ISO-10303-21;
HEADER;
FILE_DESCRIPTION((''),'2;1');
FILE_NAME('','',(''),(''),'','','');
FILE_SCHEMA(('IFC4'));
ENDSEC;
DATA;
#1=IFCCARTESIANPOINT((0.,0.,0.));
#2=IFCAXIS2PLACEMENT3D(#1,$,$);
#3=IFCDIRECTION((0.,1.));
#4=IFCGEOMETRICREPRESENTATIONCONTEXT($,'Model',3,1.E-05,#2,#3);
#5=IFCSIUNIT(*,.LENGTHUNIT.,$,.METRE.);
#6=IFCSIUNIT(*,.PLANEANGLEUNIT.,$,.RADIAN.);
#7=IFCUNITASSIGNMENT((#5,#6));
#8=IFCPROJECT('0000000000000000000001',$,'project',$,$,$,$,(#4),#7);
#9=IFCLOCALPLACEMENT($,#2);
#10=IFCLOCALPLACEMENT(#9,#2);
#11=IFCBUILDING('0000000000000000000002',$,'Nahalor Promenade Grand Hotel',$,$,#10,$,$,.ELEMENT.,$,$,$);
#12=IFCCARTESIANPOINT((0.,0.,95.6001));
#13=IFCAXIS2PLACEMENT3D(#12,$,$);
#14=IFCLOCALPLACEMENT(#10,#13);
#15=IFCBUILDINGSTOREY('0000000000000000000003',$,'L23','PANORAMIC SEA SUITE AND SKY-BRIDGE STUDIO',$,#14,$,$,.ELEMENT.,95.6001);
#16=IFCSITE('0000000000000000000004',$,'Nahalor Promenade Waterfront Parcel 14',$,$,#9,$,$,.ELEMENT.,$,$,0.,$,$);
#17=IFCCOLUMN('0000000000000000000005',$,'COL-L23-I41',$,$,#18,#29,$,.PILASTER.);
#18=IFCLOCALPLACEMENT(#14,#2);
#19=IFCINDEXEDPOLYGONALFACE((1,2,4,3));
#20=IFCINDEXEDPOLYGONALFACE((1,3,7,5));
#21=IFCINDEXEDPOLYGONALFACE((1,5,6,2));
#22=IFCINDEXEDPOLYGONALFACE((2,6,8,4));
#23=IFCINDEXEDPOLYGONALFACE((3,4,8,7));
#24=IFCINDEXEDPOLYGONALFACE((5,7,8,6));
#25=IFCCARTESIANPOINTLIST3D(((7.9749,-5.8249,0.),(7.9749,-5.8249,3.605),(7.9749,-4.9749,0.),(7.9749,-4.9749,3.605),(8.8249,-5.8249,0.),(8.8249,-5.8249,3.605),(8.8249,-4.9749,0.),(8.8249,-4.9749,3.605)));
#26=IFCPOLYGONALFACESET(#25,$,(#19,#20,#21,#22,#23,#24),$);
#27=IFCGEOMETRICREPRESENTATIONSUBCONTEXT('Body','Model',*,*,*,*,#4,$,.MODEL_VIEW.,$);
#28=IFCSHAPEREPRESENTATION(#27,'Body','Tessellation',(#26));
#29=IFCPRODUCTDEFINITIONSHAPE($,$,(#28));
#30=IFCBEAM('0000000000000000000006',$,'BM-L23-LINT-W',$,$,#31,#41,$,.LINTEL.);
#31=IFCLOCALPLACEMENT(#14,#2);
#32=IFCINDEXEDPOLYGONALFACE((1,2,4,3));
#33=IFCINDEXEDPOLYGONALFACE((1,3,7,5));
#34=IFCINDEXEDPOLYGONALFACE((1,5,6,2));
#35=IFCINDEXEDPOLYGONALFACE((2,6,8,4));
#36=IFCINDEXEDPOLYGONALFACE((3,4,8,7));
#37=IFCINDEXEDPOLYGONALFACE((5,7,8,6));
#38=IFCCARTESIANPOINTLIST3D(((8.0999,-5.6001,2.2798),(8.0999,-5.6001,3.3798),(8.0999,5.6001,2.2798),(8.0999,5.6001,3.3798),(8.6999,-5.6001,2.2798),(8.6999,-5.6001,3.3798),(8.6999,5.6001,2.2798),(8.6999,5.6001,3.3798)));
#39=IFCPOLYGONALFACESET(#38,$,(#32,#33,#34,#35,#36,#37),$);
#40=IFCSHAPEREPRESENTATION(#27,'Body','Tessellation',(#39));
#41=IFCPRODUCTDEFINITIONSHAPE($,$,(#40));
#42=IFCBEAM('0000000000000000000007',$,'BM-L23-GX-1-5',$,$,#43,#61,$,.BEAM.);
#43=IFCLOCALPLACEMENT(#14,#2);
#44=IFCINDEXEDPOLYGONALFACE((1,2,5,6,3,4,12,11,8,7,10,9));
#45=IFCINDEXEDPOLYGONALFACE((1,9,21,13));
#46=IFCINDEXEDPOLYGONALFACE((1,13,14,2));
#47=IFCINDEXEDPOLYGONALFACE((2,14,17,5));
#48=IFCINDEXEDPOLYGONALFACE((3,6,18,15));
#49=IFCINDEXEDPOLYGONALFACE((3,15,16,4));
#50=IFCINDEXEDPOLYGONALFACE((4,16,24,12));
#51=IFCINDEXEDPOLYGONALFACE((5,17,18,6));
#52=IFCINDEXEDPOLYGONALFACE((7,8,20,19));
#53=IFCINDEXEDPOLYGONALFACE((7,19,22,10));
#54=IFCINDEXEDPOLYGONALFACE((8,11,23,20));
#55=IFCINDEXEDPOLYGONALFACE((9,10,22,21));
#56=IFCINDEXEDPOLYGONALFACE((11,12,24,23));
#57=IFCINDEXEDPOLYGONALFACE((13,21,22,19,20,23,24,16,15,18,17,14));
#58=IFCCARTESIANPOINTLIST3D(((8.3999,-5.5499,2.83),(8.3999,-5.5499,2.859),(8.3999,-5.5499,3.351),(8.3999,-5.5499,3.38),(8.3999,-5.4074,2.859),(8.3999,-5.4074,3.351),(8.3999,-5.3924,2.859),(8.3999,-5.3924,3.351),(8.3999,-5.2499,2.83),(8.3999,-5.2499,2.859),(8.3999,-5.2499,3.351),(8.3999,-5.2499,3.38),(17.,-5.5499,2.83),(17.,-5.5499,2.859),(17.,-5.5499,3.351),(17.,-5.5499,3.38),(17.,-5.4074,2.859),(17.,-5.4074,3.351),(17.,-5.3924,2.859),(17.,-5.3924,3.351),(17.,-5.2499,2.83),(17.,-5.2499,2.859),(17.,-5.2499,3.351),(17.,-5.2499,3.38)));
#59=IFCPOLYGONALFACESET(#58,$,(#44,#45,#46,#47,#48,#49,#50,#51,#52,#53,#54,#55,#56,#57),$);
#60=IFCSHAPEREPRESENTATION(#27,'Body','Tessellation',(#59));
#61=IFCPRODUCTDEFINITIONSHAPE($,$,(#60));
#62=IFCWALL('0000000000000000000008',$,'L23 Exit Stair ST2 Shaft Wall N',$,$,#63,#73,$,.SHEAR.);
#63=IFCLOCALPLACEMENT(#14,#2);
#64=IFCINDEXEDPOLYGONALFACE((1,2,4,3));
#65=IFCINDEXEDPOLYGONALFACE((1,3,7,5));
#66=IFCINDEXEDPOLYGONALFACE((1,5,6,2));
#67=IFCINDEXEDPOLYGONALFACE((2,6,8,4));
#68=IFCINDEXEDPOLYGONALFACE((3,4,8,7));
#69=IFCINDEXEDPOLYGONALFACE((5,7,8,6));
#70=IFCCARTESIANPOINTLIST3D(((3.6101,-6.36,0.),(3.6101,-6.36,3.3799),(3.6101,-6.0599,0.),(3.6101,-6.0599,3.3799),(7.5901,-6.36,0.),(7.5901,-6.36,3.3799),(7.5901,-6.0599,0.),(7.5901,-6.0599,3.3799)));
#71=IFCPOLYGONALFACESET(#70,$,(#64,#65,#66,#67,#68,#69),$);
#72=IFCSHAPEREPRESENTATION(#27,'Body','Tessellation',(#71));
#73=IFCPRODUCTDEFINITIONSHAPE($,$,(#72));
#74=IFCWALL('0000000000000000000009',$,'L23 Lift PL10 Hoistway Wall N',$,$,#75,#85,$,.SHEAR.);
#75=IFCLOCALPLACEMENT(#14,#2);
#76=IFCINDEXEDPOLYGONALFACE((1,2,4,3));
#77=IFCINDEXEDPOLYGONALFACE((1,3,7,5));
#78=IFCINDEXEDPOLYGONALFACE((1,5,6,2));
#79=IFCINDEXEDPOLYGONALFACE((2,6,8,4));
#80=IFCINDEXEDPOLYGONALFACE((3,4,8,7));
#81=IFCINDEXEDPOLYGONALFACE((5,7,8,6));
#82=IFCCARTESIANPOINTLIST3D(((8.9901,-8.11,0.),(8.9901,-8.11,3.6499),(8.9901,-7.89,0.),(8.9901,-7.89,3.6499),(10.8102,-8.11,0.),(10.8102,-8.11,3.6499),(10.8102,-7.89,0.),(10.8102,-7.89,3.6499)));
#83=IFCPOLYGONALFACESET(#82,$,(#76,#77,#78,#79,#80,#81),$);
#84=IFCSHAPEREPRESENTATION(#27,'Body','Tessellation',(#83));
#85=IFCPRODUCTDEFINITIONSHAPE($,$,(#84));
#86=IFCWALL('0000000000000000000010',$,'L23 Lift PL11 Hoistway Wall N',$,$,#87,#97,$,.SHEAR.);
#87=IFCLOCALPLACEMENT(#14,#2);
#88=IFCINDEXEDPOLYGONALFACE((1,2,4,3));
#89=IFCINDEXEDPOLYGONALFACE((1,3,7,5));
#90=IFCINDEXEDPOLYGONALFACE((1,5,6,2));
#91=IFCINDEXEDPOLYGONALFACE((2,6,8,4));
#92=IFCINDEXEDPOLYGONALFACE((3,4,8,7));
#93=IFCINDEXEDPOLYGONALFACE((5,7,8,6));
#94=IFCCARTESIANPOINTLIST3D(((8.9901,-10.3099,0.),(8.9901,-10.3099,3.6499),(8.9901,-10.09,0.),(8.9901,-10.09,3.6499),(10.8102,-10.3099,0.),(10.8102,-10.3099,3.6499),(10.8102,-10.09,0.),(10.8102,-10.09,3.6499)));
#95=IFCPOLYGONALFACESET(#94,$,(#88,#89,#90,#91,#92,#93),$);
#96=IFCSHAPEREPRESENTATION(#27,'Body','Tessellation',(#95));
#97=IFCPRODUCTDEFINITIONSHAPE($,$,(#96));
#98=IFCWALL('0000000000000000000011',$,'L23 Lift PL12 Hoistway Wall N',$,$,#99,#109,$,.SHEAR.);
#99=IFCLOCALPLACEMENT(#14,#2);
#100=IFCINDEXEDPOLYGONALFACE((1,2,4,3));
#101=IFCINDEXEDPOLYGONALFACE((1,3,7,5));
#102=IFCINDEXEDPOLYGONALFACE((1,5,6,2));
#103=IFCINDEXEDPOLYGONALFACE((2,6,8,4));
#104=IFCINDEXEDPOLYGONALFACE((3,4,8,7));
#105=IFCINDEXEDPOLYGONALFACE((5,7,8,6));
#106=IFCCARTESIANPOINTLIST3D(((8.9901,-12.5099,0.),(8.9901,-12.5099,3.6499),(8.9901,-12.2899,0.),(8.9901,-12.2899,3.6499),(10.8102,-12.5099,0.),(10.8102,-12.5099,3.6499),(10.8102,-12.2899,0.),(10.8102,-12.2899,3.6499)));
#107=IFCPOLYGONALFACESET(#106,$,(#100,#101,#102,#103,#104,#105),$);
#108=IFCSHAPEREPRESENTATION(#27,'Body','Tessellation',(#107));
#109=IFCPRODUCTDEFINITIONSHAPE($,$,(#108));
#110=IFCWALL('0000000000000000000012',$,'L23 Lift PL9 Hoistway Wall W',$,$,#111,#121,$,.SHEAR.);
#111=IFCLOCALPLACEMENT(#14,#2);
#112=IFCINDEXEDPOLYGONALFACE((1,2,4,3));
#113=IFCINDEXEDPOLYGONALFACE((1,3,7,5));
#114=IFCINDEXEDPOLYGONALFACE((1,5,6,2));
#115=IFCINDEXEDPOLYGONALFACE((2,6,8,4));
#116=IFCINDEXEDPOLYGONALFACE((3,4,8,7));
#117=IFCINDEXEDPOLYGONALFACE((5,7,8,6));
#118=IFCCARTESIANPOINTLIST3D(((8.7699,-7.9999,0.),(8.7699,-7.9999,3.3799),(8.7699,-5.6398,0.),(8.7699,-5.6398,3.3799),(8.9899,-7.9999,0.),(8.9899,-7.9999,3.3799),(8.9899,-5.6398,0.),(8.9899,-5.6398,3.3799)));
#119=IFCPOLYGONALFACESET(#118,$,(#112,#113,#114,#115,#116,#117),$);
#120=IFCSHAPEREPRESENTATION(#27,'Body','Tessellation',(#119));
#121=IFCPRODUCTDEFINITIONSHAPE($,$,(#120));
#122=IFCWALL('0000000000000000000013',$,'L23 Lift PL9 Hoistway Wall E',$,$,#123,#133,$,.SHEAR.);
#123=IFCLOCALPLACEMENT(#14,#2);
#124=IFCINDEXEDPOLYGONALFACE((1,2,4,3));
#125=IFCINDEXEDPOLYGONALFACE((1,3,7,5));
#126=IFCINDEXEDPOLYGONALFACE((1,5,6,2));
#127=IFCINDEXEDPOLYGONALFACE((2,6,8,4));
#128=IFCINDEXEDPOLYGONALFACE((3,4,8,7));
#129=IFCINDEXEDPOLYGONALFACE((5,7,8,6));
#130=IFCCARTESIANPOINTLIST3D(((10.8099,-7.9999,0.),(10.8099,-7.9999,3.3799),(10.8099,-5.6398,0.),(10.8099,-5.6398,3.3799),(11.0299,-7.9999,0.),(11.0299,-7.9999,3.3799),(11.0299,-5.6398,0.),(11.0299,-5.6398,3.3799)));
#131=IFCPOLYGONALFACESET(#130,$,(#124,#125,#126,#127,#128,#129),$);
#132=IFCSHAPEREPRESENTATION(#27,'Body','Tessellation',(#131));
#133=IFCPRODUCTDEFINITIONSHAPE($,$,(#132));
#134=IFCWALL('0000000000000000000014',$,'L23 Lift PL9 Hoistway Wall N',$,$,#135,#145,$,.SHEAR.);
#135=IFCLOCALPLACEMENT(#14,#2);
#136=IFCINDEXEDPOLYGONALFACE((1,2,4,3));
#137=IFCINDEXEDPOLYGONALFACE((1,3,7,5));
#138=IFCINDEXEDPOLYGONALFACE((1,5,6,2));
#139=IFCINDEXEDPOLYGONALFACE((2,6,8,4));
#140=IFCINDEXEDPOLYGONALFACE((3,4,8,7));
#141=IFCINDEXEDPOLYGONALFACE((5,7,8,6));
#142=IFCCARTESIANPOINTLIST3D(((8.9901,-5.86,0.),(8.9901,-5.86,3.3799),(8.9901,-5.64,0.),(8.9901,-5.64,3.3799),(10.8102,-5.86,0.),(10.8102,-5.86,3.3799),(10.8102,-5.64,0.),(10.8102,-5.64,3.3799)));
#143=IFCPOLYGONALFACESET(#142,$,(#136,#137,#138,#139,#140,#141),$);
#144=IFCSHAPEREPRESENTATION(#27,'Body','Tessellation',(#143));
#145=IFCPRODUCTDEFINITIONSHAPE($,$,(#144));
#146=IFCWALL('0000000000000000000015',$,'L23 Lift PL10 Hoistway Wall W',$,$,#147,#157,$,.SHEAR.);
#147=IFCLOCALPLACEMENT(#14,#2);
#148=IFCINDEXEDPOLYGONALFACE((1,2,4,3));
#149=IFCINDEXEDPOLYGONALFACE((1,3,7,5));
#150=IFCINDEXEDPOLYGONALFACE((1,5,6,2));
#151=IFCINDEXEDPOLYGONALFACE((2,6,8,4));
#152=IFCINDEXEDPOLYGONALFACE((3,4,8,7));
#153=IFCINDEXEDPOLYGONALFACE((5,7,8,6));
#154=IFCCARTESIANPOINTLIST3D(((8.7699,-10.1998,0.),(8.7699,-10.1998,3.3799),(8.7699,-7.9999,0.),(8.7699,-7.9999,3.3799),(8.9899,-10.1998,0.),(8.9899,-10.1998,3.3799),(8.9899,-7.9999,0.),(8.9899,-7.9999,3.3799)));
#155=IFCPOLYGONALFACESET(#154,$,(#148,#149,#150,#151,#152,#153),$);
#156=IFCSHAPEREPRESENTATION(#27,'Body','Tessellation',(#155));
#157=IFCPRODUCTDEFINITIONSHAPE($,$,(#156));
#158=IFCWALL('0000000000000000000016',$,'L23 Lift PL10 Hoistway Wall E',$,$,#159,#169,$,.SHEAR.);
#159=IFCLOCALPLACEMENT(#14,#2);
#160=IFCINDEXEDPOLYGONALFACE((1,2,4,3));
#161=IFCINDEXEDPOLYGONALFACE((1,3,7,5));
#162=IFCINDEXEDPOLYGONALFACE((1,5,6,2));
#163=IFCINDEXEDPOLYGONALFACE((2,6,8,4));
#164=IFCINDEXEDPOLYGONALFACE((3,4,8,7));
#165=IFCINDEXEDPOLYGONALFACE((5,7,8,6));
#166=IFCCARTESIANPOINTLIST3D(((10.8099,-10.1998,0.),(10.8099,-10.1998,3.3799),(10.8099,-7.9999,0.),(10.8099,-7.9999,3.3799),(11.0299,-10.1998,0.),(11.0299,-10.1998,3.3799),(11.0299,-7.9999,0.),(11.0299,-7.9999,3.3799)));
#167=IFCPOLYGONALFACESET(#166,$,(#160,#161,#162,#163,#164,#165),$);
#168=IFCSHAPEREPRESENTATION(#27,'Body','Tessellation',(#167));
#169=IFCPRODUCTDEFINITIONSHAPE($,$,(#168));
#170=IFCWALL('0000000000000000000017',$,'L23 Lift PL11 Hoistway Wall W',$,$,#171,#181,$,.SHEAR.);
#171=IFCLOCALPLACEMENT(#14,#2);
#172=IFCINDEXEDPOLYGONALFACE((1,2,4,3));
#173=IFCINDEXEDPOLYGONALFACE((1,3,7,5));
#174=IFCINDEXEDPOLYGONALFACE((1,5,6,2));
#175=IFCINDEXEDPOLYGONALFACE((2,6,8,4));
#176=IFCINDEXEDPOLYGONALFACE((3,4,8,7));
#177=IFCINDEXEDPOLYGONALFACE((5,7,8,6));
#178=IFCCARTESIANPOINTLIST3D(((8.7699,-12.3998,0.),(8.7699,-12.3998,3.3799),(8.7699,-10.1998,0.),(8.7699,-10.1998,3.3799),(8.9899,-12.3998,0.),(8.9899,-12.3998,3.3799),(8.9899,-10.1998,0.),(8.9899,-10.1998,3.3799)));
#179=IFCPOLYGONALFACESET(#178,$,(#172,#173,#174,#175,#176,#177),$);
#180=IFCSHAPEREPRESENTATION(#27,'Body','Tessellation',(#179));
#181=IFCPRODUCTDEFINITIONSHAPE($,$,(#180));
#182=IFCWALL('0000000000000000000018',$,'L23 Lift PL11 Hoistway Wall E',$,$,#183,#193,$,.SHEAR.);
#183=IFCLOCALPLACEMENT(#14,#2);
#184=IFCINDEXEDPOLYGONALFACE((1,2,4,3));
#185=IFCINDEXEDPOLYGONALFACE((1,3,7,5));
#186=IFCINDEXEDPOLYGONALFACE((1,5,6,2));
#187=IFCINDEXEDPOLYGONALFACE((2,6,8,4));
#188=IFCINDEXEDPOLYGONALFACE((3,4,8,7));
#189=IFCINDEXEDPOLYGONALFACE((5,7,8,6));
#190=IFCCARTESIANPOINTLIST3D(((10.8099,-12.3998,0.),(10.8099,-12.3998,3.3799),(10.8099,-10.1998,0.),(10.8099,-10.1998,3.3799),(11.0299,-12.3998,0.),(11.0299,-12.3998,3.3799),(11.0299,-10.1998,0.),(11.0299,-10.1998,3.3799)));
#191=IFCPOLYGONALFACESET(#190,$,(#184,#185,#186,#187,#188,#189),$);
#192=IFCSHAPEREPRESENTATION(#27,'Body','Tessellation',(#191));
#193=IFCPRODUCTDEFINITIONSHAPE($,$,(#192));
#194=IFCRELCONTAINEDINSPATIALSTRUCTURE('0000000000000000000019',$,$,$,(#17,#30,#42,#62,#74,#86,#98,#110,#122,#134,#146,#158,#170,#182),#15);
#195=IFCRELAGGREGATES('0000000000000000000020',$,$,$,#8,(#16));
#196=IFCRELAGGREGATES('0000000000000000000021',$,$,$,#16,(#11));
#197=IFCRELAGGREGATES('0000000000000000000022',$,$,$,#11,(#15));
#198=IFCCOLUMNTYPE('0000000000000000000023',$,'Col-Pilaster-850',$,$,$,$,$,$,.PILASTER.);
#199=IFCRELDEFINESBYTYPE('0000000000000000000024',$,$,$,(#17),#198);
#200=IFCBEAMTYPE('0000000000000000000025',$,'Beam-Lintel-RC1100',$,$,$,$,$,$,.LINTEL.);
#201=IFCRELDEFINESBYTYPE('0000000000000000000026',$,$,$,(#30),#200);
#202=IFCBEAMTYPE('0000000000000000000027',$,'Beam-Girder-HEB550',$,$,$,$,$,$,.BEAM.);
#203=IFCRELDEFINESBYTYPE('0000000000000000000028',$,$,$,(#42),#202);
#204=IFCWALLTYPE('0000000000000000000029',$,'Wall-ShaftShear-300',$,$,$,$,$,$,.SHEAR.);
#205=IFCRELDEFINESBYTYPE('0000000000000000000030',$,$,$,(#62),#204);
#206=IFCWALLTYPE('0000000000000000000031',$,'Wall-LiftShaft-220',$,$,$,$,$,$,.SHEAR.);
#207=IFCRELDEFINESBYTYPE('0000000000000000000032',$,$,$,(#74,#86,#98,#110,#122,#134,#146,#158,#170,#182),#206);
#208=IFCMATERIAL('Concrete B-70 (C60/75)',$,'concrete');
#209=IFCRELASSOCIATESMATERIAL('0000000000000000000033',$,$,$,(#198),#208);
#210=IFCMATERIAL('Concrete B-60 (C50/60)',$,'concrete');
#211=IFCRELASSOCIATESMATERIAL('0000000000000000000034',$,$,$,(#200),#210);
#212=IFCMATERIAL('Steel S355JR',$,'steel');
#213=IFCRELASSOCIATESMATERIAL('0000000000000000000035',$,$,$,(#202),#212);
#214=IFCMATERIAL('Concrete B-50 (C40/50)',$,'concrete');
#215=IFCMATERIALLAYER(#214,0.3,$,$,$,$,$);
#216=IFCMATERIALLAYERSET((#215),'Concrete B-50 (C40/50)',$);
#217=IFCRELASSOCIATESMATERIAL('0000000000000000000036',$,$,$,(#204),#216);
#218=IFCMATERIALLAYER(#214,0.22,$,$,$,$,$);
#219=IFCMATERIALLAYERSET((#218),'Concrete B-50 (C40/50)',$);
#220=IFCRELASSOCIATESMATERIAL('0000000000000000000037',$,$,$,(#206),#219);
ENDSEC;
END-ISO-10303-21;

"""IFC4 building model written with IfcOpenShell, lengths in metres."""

from ifc_helpers import new_model, si_unit, direction, frame, frame_2d, origin, origin_2d, place, context, subcontext, project, spatial, rectangle, i_section, extrude, source, transform, mapped, material, layer, layer_set, material_profile, profile_set, type_object, element, save


model = new_model("IFC4")

# Units and contexts
model_context = context("Model", 3, precision=1e-05, world=origin(), true_north=direction((0.0, 1.0)))
body_context = subcontext(model_context, "Body", "Model", "MODEL_VIEW")
ifc_project = project(units=[si_unit("LENGTHUNIT", "METRE"), si_unit("PLANEANGLEUNIT", "RADIAN")], contexts=[model_context])

# Site, building, storey
site_placement = place(None, origin())
site = spatial("IfcSite", under=ifc_project, at=site_placement, Name="Nahalor Promenade Waterfront Parcel 14", CompositionType="ELEMENT", RefElevation=0.0)
building_placement = place(site_placement, origin())
building = spatial("IfcBuilding", under=site, at=building_placement, Name="Nahalor Promenade Grand Hotel", CompositionType="ELEMENT")
storey_placement = place(building_placement, frame((0.0, 0.0, 95.6001)))
storey = spatial("IfcBuildingStorey", under=building, at=storey_placement, Name="L23", Description="PANORAMIC SEA SUITE AND SKY-BRIDGE STUDIO", CompositionType="ELEMENT", Elevation=95.6001)

# Column
ifc_material_1 = material(Name="Concrete B-70 (C60/75)", Category="concrete")
ifc_material_profile_1 = material_profile(ifc_material_1, rectangle(XDim=0.85, YDim=0.85, at=origin_2d()), Name="RC 850x850")
ifc_profile_set_1 = profile_set([ifc_material_profile_1], Name="Concrete B-70 (C60/75)")
column_type = type_object("IfcColumnType", Name="Col-Pilaster-850", PredefinedType="PILASTER", material=ifc_profile_set_1)
shared_shape_1 = source(origin(), body_context, "Body", "SweptSolid", [
    extrude(rectangle(XDim=0.85, YDim=0.85, at=origin_2d()), origin(), (0.0, 0.0, 1.0), 3.605),
])
column_placement = place(storey_placement, frame((8.3999, -5.3999, 0.0), z_axis=(0.0, 0.0, 1.0), x_axis=(1.0, 0.0, 0.0)))
element("IfcColumn", 1, at=column_placement, inside=storey, type_object=column_type, Name="COL-L23-I41", PredefinedType="PILASTER", context=body_context, shape_type="MappedRepresentation", body=[
    mapped(shared_shape_1, transform((0.0, 0.0, 0.0), scale=1.0)),
])

# Beams
ifc_material_2 = material(Name="Concrete B-60 (C50/60)", Category="concrete")
ifc_material_profile_2 = material_profile(ifc_material_2, rectangle(XDim=0.6, YDim=1.1, at=origin_2d()), Name="RC 600x1100")
ifc_profile_set_2 = profile_set([ifc_material_profile_2], Name="Concrete B-60 (C50/60)")
beam_type_1 = type_object("IfcBeamType", Name="Beam-Lintel-RC1100", PredefinedType="LINTEL", material=ifc_profile_set_2)
shared_shape_2 = source(origin(), body_context, "Body", "SweptSolid", [
    extrude(rectangle(XDim=0.6, YDim=1.1, at=origin_2d()), origin(), (0.0, 0.0, 1.0), 11.2002),
])
beam_1_placement = place(storey_placement, frame((8.3999, -5.6001, 2.8298), z_axis=(0.0, 1.0, 0.0), x_axis=(-1.0, 0.0, 0.0)))
element("IfcBeam", 2, at=beam_1_placement, inside=storey, type_object=beam_type_1, Name="BM-L23-LINT-W", PredefinedType="LINTEL", context=body_context, shape_type="MappedRepresentation", body=[
    mapped(shared_shape_2, transform((0.0, 0.0, 0.0), scale=1.0)),
])
ifc_material_3 = material(Name="Steel S355JR", Category="steel")
ifc_material_profile_3 = material_profile(ifc_material_3, i_section(OverallWidth=0.3, OverallDepth=0.55, WebThickness=0.015, FlangeThickness=0.029, at=origin_2d()), Name="HEB 550")
ifc_profile_set_3 = profile_set([ifc_material_profile_3], Name="Steel S355JR")
beam_type_2 = type_object("IfcBeamType", Name="Beam-Girder-HEB550", PredefinedType="BEAM", material=ifc_profile_set_3)
shared_shape_3 = source(origin(), body_context, "Body", "SweptSolid", [
    extrude(i_section(OverallWidth=0.3, OverallDepth=0.55, WebThickness=0.015, FlangeThickness=0.029, at=origin_2d()), origin(), (0.0, 0.0, 1.0), 8.6001),
])
beam_2_placement = place(storey_placement, frame((8.3999, -5.3999, 3.105), z_axis=(1.0, 0.0, 0.0), x_axis=(0.0, 1.0, 0.0)))
element("IfcBeam", 3, at=beam_2_placement, inside=storey, type_object=beam_type_2, Name="BM-L23-GX-1-5", PredefinedType="BEAM", context=body_context, shape_type="MappedRepresentation", body=[
    mapped(shared_shape_3, transform((0.0, 0.0, 0.0), scale=1.0)),
])

# Walls
ifc_material_4 = material(Name="Concrete B-50 (C40/50)", Category="concrete")
ifc_layer_1 = layer(ifc_material_4, 0.3)
ifc_layer_set_1 = layer_set([ifc_layer_1], Name="Concrete B-50 (C40/50)")
wall_type_1 = type_object("IfcWallType", Name="Wall-ShaftShear-300", PredefinedType="SHEAR", material=ifc_layer_set_1)
shared_shape_4 = source(origin(), body_context, "Body", "SweptSolid", [
    extrude(rectangle(XDim=3.98, YDim=0.3, at=frame_2d((1.99, 0.0))), origin(), (0.0, 0.0, 1.0), 3.3799),
])
wall_1_placement = place(storey_placement, frame((3.6101, -6.21, 0.0), z_axis=(0.0, 0.0, 1.0), x_axis=(1.0, 0.0, 0.0)))
element("IfcWall", 4, at=wall_1_placement, inside=storey, type_object=wall_type_1, Name="L23 Exit Stair ST2 Shaft Wall N", PredefinedType="SHEAR", context=body_context, shape_type="MappedRepresentation", body=[
    mapped(shared_shape_4, transform((0.0, 0.0, 0.0), scale=1.0)),
])
ifc_layer_2 = layer(ifc_material_4, 0.22)
ifc_layer_set_2 = layer_set([ifc_layer_2], Name="Concrete B-50 (C40/50)")
wall_type_2 = type_object("IfcWallType", Name="Wall-LiftShaft-220", PredefinedType="SHEAR", material=ifc_layer_set_2)
shared_shape_5 = source(origin(), body_context, "Body", "SweptSolid", [
    extrude(rectangle(XDim=1.8201, YDim=0.22, at=frame_2d((0.9102, 0.0))), origin(), (0.0, 0.0, 1.0), 3.6499),
])
for number, where, z_axis, x_axis, name in (
    (5, (8.99, -8.0, 0.0), (0.0, 0.0, 1.0), (1.0, 0.0, 0.0), "L23 Lift PL10 Hoistway Wall N"),
    (6, (8.99, -10.2, 0.0), (0.0, 0.0, 1.0), (1.0, 0.0, 0.0), "L23 Lift PL11 Hoistway Wall N"),
    (7, (8.99, -12.3999, 0.0), (0.0, 0.0, 1.0), (1.0, 0.0, 0.0), "L23 Lift PL12 Hoistway Wall N"),
):
    element("IfcWall", number, at=place(storey_placement, frame(where, z_axis=z_axis, x_axis=x_axis)), inside=storey, type_object=wall_type_2, Name=name, PredefinedType="SHEAR", context=body_context, shape_type="MappedRepresentation", body=[
        mapped(shared_shape_5, transform((0.0, 0.0, 0.0), scale=1.0)),
    ])
shared_shape_6 = source(origin(), body_context, "Body", "SweptSolid", [
    extrude(rectangle(XDim=2.3601, YDim=0.22, at=frame_2d((1.1802, 0.0))), origin(), (0.0, 0.0, 1.0), 3.3799),
])
for number, where, z_axis, x_axis, name in (
    (8, (8.8799, -8.0, 0.0), (0.0, 0.0, 1.0), (0.0, 1.0, 0.0), "L23 Lift PL9 Hoistway Wall W"),
    (9, (10.9199, -8.0, 0.0), (0.0, 0.0, 1.0), (0.0, 1.0, 0.0), "L23 Lift PL9 Hoistway Wall E"),
):
    element("IfcWall", number, at=place(storey_placement, frame(where, z_axis=z_axis, x_axis=x_axis)), inside=storey, type_object=wall_type_2, Name=name, PredefinedType="SHEAR", context=body_context, shape_type="MappedRepresentation", body=[
        mapped(shared_shape_6, transform((0.0, 0.0, 0.0), scale=1.0)),
    ])
shared_shape_7 = source(origin(), body_context, "Body", "SweptSolid", [
    extrude(rectangle(XDim=1.8201, YDim=0.22, at=frame_2d((0.9102, 0.0))), origin(), (0.0, 0.0, 1.0), 3.3799),
])
wall_2_placement = place(storey_placement, frame((8.99, -5.75, 0.0), z_axis=(0.0, 0.0, 1.0), x_axis=(1.0, 0.0, 0.0)))
element("IfcWall", 10, at=wall_2_placement, inside=storey, type_object=wall_type_2, Name="L23 Lift PL9 Hoistway Wall N", PredefinedType="SHEAR", context=body_context, shape_type="MappedRepresentation", body=[
    mapped(shared_shape_7, transform((0.0, 0.0, 0.0), scale=1.0)),
])
shared_shape_8 = source(origin(), body_context, "Body", "SweptSolid", [
    extrude(rectangle(XDim=2.2, YDim=0.22, at=frame_2d((1.1001, 0.0))), origin(), (0.0, 0.0, 1.0), 3.3799),
])
for number, where, z_axis, x_axis, name in (
    (11, (8.8799, -10.2, 0.0), (0.0, 0.0, 1.0), (0.0, 1.0, 0.0), "L23 Lift PL10 Hoistway Wall W"),
    (12, (10.9199, -10.2, 0.0), (0.0, 0.0, 1.0), (0.0, 1.0, 0.0), "L23 Lift PL10 Hoistway Wall E"),
    (13, (8.8799, -12.3999, 0.0), (0.0, 0.0, 1.0), (0.0, 1.0, 0.0), "L23 Lift PL11 Hoistway Wall W"),
    (14, (10.9199, -12.3999, 0.0), (0.0, 0.0, 1.0), (0.0, 1.0, 0.0), "L23 Lift PL11 Hoistway Wall E"),
):
    element("IfcWall", number, at=place(storey_placement, frame(where, z_axis=z_axis, x_axis=x_axis)), inside=storey, type_object=wall_type_2, Name=name, PredefinedType="SHEAR", context=body_context, shape_type="MappedRepresentation", body=[
        mapped(shared_shape_8, transform((0.0, 0.0, 0.0), scale=1.0)),
    ])

save(model, "model.ifc")
